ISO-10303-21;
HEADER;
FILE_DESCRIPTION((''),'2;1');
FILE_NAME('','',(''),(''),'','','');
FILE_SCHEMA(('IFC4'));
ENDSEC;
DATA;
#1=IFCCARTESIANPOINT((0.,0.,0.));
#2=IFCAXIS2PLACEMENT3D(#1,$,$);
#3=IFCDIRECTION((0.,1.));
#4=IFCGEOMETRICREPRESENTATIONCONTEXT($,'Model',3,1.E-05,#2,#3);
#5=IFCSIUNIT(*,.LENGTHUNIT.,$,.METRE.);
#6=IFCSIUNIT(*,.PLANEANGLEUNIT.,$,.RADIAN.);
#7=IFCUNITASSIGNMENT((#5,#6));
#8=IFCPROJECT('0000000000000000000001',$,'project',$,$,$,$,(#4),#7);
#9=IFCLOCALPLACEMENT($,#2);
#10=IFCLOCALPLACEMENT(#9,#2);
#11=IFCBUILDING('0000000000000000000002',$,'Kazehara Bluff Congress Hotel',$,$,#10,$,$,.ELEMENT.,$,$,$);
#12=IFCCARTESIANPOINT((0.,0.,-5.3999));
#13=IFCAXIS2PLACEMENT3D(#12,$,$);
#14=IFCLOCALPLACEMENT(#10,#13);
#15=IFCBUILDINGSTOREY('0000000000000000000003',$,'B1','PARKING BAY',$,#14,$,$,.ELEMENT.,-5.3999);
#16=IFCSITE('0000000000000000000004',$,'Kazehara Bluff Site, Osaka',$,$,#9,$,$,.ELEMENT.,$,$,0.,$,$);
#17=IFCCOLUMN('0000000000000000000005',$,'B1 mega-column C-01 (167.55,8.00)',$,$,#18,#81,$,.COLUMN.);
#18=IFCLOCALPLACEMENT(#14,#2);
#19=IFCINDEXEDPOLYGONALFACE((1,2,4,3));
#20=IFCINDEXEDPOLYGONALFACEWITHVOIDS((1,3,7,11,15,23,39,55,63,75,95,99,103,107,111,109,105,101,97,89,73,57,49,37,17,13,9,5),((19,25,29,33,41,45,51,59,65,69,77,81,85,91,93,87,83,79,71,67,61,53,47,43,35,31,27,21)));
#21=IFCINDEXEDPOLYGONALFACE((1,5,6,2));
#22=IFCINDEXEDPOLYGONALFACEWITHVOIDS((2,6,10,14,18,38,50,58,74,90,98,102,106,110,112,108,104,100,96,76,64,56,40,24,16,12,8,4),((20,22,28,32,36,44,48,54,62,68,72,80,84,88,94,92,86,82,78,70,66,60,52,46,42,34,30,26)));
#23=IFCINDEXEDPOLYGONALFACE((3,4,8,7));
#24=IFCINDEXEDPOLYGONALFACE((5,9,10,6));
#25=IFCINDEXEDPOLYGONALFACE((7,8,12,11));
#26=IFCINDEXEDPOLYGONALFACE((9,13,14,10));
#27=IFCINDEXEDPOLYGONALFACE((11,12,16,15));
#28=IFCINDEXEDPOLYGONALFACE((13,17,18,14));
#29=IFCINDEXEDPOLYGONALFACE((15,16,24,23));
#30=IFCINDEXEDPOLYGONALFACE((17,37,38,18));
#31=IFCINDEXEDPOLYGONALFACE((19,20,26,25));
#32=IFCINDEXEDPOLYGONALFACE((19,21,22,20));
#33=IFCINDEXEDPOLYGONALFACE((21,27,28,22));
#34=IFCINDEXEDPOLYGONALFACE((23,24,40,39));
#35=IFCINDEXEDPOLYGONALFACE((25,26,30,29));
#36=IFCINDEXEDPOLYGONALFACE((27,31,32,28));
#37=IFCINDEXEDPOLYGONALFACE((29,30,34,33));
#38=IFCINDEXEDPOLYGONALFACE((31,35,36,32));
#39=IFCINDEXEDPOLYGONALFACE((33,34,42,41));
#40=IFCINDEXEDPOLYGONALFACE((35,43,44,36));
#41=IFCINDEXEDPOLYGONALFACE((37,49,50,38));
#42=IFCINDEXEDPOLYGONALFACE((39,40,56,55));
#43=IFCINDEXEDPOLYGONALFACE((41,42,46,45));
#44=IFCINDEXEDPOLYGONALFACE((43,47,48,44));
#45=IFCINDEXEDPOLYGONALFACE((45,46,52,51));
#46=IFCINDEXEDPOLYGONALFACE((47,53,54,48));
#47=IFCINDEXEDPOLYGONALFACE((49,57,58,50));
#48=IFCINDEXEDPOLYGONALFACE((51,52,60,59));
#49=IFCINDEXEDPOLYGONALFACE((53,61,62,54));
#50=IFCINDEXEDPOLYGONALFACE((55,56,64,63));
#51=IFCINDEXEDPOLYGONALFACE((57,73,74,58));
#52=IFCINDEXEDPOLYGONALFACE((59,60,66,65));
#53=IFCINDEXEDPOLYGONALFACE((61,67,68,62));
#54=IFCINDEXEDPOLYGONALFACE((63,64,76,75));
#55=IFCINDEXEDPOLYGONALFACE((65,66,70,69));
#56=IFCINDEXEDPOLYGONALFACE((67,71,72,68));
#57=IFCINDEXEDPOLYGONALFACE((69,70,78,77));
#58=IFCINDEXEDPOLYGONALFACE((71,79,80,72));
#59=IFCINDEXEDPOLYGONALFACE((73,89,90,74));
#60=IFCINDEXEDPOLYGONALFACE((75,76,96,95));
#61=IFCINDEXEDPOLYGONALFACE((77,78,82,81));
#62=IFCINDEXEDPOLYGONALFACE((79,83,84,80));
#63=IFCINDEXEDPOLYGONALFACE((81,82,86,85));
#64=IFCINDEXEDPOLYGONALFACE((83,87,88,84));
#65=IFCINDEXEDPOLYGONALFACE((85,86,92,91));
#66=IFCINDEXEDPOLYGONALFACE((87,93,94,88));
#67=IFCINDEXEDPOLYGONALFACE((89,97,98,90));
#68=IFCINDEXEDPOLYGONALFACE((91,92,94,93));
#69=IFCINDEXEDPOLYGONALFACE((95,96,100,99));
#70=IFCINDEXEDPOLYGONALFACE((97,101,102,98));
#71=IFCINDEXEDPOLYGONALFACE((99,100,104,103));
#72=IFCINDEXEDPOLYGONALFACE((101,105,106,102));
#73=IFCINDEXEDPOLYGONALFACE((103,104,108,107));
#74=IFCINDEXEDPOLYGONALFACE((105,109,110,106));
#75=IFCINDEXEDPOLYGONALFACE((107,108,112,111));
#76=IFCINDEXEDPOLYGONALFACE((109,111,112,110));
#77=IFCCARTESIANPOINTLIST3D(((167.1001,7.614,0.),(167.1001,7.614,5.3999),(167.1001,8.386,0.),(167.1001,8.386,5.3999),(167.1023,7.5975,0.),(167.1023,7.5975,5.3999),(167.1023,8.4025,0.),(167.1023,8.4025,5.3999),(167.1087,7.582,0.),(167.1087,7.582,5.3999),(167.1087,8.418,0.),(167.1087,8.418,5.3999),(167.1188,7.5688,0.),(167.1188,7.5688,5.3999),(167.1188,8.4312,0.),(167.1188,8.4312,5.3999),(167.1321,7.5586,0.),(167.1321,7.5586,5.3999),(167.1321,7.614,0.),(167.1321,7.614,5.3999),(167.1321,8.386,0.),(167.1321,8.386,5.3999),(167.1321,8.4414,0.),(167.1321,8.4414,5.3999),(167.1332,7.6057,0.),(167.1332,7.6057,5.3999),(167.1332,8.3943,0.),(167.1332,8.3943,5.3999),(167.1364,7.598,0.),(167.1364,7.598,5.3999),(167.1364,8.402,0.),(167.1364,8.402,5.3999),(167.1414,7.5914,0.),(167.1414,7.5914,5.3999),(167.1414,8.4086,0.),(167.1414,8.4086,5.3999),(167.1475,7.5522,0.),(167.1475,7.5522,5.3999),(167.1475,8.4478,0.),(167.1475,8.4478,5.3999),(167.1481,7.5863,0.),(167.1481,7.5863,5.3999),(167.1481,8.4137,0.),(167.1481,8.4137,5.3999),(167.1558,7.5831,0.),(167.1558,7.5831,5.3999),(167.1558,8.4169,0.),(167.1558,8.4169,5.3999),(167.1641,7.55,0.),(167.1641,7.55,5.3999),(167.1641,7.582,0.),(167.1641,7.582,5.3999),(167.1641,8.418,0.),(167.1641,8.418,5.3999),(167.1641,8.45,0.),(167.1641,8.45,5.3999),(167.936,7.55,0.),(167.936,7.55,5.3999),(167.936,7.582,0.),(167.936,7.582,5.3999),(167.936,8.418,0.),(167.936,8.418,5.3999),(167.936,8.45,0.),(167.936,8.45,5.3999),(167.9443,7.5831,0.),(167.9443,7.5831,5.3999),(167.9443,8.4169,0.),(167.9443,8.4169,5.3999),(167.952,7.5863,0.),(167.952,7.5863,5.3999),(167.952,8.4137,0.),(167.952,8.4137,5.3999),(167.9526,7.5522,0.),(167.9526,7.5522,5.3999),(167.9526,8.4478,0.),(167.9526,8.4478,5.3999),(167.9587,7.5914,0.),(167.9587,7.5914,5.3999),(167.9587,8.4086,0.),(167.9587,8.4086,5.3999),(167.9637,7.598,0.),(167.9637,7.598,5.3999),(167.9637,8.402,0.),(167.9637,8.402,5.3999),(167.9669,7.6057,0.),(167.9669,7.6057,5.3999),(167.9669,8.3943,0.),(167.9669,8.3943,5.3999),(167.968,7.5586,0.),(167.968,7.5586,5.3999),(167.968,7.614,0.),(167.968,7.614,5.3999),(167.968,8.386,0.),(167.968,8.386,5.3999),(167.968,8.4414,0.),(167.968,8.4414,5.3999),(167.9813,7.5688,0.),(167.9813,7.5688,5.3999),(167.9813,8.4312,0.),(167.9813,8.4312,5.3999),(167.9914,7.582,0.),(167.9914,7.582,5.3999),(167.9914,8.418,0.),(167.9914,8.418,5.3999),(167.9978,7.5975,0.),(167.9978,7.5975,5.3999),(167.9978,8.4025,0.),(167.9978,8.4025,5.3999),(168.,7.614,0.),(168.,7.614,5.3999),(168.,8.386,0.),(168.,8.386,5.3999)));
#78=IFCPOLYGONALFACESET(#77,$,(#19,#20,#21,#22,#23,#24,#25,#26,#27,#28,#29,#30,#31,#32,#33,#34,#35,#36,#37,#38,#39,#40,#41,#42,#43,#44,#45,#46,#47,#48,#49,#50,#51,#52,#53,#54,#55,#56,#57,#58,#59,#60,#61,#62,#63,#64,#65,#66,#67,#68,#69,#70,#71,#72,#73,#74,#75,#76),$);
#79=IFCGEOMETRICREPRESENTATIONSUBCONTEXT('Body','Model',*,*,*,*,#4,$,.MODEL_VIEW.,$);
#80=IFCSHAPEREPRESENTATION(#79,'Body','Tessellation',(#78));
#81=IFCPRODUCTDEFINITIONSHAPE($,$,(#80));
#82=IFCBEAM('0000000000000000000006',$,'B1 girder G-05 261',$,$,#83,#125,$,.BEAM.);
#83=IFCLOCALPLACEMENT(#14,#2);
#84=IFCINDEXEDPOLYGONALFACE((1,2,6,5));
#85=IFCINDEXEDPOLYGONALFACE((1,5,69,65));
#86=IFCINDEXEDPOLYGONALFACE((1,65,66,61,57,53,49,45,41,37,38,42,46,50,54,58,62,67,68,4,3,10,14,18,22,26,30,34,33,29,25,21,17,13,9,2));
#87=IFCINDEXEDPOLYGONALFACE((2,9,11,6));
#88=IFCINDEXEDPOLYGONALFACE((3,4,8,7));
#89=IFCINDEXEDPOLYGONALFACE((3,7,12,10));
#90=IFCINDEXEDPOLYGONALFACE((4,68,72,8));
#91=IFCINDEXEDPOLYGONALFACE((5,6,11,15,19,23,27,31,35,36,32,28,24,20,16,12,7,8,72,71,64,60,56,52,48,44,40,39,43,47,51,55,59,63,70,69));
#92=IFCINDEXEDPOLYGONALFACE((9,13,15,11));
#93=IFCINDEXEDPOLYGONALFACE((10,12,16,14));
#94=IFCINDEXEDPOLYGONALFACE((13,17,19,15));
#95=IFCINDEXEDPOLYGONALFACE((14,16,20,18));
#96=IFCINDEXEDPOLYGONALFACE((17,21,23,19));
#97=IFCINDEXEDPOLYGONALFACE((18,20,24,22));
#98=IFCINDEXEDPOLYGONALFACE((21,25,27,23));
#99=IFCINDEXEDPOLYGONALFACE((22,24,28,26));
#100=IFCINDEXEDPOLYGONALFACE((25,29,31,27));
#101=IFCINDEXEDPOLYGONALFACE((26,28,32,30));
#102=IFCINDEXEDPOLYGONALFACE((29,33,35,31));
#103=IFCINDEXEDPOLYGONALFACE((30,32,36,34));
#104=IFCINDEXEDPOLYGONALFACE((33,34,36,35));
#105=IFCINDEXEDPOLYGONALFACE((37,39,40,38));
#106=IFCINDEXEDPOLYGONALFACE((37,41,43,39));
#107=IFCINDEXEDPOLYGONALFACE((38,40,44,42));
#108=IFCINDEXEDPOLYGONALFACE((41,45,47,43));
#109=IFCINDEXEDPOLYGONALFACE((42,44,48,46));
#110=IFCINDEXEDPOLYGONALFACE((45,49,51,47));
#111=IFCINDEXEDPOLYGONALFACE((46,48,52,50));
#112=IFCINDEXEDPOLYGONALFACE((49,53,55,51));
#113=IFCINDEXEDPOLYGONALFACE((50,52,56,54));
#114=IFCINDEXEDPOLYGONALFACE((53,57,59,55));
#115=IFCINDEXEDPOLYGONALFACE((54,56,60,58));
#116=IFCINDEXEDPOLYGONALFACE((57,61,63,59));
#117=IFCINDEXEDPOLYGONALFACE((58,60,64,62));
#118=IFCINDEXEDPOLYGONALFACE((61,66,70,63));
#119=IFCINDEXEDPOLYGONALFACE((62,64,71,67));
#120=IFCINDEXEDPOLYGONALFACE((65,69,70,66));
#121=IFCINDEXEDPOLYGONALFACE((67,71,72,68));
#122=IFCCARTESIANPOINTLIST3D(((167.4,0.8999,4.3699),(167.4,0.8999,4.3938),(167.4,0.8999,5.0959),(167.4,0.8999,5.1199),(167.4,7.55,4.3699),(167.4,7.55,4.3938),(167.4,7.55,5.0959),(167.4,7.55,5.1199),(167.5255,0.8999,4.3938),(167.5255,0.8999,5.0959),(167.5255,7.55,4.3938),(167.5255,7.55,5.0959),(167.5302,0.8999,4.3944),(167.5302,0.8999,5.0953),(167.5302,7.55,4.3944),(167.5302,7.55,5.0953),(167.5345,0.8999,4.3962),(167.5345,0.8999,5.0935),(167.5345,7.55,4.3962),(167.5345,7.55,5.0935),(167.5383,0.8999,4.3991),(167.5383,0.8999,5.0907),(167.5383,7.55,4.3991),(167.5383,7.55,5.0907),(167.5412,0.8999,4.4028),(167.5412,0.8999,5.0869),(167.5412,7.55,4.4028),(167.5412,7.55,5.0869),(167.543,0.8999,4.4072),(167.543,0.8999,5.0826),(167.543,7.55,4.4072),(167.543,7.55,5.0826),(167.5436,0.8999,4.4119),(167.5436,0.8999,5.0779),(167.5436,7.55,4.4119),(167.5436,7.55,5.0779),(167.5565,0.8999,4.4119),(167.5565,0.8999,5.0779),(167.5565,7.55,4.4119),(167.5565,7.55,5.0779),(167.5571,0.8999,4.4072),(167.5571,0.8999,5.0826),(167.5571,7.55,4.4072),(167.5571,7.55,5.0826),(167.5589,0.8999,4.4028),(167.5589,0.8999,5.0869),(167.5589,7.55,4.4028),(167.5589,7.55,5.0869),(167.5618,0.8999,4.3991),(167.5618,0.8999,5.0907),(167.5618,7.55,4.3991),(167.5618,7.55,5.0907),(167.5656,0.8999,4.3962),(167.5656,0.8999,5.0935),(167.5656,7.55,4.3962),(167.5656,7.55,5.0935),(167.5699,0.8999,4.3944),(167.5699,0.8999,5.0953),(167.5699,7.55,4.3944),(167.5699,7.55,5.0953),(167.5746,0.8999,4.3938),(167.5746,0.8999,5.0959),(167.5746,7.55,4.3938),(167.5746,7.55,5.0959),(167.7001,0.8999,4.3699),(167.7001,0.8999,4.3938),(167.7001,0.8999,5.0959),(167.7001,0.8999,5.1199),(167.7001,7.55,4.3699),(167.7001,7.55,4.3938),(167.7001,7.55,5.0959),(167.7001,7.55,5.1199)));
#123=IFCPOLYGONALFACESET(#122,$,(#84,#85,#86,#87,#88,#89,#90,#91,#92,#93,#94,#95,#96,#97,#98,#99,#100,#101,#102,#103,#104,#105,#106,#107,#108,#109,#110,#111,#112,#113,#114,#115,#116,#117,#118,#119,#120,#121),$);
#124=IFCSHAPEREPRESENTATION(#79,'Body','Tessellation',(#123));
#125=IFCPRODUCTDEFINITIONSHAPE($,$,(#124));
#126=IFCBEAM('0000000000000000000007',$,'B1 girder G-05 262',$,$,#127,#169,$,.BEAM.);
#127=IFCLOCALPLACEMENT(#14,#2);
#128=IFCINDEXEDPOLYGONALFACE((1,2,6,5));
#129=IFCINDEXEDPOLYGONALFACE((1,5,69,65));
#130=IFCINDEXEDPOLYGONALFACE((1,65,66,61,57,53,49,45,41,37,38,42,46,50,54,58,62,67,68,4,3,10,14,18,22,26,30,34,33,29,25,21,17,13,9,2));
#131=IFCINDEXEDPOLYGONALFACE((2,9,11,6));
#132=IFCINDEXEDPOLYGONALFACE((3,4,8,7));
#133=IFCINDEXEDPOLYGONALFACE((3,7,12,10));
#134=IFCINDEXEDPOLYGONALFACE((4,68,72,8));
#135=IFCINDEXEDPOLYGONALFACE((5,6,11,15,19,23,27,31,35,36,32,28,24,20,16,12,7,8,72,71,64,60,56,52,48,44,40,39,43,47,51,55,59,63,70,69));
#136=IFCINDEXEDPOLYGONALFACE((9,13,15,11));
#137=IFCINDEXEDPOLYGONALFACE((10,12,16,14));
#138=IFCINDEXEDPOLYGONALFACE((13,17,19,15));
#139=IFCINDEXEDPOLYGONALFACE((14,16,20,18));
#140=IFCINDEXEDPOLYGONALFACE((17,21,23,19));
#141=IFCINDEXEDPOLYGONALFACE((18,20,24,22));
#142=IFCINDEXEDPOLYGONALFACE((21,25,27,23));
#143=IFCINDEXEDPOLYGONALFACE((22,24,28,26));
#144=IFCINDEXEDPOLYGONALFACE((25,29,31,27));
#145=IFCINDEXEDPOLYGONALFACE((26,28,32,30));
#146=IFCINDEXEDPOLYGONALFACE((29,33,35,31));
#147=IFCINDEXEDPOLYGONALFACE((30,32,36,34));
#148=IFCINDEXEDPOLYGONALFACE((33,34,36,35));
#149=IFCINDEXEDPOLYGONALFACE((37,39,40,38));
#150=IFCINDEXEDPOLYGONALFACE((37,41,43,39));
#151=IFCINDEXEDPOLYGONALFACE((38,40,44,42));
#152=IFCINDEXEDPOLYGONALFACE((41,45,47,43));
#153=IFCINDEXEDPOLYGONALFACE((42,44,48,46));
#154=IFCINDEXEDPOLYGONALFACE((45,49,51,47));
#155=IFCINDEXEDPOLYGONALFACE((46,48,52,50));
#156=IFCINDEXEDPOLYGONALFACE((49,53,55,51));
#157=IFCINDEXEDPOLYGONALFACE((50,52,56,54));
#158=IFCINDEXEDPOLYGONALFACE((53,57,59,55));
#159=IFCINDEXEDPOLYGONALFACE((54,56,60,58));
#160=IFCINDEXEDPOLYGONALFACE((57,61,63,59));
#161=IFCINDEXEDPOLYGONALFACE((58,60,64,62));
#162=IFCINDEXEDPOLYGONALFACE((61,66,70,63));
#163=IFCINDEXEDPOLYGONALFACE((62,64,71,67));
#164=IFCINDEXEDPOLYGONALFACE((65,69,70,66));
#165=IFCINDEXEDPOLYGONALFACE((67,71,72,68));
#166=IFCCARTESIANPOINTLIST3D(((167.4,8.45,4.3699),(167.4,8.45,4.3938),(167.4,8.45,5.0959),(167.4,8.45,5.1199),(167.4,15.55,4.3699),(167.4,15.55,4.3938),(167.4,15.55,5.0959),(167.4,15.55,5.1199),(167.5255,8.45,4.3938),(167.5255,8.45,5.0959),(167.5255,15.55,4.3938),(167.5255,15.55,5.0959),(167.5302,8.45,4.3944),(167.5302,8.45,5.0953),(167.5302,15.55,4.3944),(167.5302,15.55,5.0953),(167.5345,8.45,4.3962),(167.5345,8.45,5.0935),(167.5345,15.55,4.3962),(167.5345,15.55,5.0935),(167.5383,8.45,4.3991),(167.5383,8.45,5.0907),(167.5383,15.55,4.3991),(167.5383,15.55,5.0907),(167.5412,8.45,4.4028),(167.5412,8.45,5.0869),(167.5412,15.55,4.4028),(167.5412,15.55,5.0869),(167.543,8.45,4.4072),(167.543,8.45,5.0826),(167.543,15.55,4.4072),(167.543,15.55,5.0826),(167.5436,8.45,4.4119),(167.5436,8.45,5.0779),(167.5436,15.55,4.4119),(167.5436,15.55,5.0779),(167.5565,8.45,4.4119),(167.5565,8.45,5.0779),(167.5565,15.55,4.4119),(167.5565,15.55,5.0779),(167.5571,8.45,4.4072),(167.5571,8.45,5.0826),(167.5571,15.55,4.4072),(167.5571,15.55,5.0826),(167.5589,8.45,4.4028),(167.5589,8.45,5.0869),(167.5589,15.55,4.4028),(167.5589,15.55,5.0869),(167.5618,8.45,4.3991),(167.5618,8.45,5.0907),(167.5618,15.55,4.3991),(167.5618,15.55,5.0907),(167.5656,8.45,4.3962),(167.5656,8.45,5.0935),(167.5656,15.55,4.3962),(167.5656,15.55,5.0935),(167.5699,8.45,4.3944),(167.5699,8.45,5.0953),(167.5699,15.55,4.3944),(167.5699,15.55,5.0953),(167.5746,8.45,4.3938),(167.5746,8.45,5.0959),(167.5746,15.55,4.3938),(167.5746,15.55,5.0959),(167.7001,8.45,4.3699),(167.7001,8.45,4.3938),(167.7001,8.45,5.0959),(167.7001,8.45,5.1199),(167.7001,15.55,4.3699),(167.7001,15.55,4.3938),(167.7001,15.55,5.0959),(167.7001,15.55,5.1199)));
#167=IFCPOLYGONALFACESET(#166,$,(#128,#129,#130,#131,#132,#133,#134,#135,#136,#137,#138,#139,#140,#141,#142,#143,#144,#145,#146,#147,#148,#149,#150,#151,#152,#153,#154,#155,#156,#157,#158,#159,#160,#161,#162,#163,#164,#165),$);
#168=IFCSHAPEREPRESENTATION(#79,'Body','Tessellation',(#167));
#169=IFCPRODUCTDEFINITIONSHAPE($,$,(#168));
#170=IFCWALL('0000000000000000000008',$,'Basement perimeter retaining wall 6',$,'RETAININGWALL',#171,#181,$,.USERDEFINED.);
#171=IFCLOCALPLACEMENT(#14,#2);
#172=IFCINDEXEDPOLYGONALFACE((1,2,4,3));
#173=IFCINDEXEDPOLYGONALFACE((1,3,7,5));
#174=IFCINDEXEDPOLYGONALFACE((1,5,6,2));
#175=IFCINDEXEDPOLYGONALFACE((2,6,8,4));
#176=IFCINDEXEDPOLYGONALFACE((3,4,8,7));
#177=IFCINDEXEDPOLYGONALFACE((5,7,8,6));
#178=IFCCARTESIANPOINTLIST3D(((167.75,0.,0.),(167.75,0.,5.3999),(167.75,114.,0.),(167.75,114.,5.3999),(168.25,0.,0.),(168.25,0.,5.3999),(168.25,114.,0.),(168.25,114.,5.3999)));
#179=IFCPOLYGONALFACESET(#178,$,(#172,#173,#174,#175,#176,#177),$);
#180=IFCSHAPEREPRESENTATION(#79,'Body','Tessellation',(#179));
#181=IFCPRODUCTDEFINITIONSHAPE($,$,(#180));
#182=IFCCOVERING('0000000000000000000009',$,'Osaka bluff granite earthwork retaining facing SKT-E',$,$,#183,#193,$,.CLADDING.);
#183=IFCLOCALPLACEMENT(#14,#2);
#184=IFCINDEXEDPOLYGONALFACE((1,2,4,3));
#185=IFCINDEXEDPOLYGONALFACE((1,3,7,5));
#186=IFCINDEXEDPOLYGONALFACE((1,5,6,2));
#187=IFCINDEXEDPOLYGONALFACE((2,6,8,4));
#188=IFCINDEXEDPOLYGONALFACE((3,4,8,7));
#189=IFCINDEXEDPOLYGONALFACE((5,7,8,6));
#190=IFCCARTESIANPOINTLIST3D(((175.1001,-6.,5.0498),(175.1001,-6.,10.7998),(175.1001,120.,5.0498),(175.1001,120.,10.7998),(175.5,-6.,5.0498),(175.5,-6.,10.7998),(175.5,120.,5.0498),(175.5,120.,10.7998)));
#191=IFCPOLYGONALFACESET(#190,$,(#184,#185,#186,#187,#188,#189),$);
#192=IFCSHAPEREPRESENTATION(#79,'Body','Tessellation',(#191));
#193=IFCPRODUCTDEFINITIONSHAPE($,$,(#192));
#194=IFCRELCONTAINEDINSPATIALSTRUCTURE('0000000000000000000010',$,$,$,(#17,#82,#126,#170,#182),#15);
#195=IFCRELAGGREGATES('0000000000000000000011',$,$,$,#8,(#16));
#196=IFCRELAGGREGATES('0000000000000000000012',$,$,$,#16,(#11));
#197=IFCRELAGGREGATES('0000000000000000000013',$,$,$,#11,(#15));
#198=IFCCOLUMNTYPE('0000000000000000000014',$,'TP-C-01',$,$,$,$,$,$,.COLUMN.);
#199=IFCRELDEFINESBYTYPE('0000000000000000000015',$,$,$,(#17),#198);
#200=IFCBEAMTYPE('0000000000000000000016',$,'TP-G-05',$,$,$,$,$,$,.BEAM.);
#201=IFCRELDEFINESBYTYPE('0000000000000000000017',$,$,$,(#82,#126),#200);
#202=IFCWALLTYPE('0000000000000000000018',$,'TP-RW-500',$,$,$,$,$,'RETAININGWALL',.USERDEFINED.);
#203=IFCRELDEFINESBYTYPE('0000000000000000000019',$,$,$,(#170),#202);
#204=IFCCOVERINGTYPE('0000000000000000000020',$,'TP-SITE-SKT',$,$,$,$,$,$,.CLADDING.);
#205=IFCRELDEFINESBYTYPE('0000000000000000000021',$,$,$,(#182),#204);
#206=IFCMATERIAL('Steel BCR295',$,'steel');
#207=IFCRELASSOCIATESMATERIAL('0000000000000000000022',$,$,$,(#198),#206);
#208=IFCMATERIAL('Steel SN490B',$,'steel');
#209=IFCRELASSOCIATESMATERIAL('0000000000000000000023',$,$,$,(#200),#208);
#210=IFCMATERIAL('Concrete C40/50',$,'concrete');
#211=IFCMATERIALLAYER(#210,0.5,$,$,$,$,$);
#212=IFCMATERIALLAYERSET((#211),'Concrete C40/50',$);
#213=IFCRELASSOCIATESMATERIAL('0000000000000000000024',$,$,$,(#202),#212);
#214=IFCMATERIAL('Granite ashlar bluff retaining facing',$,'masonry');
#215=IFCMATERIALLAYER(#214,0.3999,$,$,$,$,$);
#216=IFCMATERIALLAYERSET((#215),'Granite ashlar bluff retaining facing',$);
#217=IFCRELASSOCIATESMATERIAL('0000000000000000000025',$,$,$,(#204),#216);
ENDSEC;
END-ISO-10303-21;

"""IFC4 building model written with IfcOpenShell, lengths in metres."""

from ifc_helpers import new_model, si_unit, direction, frame, frame_2d, origin, origin_2d, place, context, subcontext, project, spatial, rectangle, hollow_rectangle, i_section, extrude, material, layer, layer_set, material_profile, profile_set, type_object, element, save


model = new_model("IFC4")

# Units and contexts
model_context = context("Model", 3, precision=1e-05, world=origin(), true_north=direction((0.0, 1.0)))
body_context = subcontext(model_context, "Body", "Model", "MODEL_VIEW")
ifc_project = project(units=[si_unit("LENGTHUNIT", "METRE"), si_unit("PLANEANGLEUNIT", "RADIAN")], contexts=[model_context])

# Site, building, storey
site_placement = place(None, origin())
site = spatial("IfcSite", under=ifc_project, at=site_placement, Name="Kazehara Bluff Site, Osaka", CompositionType="ELEMENT", RefElevation=0.0)
building_placement = place(site_placement, origin())
building = spatial("IfcBuilding", under=site, at=building_placement, Name="Kazehara Bluff Congress Hotel", CompositionType="ELEMENT")
storey_placement = place(building_placement, frame((0.0, 0.0, -5.3999)))
storey = spatial("IfcBuildingStorey", under=building, at=storey_placement, Name="B1", Description="PARKING BAY", CompositionType="ELEMENT", Elevation=-5.3999)

# Column
ifc_material_1 = material(Name="Steel BCR295", Category="steel")
ifc_material_profile_1 = material_profile(ifc_material_1, hollow_rectangle(XDim=0.8999, YDim=0.8999, WallThickness=0.032, InnerFilletRadius=0.032, OuterFilletRadius=0.064, at=origin_2d()))
ifc_profile_set_1 = profile_set([ifc_material_profile_1], Name="Steel BCR295")
column_type = type_object("IfcColumnType", Name="TP-C-01", PredefinedType="COLUMN", material=ifc_profile_set_1)
for number, where, z_axis, x_axis, name in (
    (1, (167.55, 8.0, 0.0), (0.0, 0.0, 1.0), (1.0, 0.0, 0.0), "B1 mega-column C-01 (167.55,8.00)"),
):
    element("IfcColumn", number, at=place(storey_placement, frame(where, z_axis=z_axis, x_axis=x_axis)), inside=storey, type_object=column_type, Name=name, PredefinedType="COLUMN", context=body_context, shape_type="SweptSolid", body=[
        extrude(hollow_rectangle(XDim=0.8999, YDim=0.8999, WallThickness=0.032, InnerFilletRadius=0.032, OuterFilletRadius=0.064, at=origin_2d()), origin(), (0.0, 0.0, 1.0), 5.3999),
    ])

# Beams
ifc_material_2 = material(Name="Steel SN490B", Category="steel")
ifc_material_profile_2 = material_profile(ifc_material_2, i_section(OverallWidth=0.3, OverallDepth=0.75, WebThickness=0.0129, FlangeThickness=0.0239, FilletRadius=0.0181, at=origin_2d()))
ifc_profile_set_2 = profile_set([ifc_material_profile_2], Name="Steel SN490B")
beam_type = type_object("IfcBeamType", Name="TP-G-05", PredefinedType="BEAM", material=ifc_profile_set_2)
beam_1_placement = place(storey_placement, frame((167.55, 0.8999, 4.7449), z_axis=(0.0, 1.0, 0.0), x_axis=(-1.0, 0.0, 0.0)))
element("IfcBeam", 2, at=beam_1_placement, inside=storey, type_object=beam_type, Name="B1 girder G-05 261", PredefinedType="BEAM", context=body_context, shape_type="SweptSolid", body=[
    extrude(i_section(OverallWidth=0.3, OverallDepth=0.75, WebThickness=0.0129, FlangeThickness=0.0239, FilletRadius=0.0181, at=origin_2d()), origin(), (0.0, 0.0, 1.0), 6.6501),
])
beam_2_placement = place(storey_placement, frame((167.55, 8.45, 4.7449), z_axis=(0.0, 1.0, 0.0), x_axis=(-1.0, 0.0, 0.0)))
element("IfcBeam", 3, at=beam_2_placement, inside=storey, type_object=beam_type, Name="B1 girder G-05 262", PredefinedType="BEAM", context=body_context, shape_type="SweptSolid", body=[
    extrude(i_section(OverallWidth=0.3, OverallDepth=0.75, WebThickness=0.0129, FlangeThickness=0.0239, FilletRadius=0.0181, at=origin_2d()), origin(), (0.0, 0.0, 1.0), 7.1001),
])

# Wall
ifc_material_3 = material(Name="Concrete C40/50", Category="concrete")
ifc_layer_1 = layer(ifc_material_3, 0.5)
ifc_layer_set_1 = layer_set([ifc_layer_1], Name="Concrete C40/50")
wall_type = type_object("IfcWallType", Name="TP-RW-500", ElementType="RETAININGWALL", PredefinedType="USERDEFINED", material=ifc_layer_set_1)
wall_placement = place(storey_placement, frame((168.0, 0.0, 0.0), z_axis=(0.0, 0.0, 1.0), x_axis=(0.0, 1.0, 0.0)))
element("IfcWall", 4, at=wall_placement, inside=storey, type_object=wall_type, Name="Basement perimeter retaining wall 6", ObjectType="RETAININGWALL", PredefinedType="USERDEFINED", context=body_context, shape_type="SweptSolid", body=[
    extrude(rectangle(XDim=114.0, YDim=0.5, at=frame_2d((57.0, 0.0))), origin(), (0.0, 0.0, 1.0), 5.3999),
])

# Covering
ifc_material_4 = material(Name="Granite ashlar bluff retaining facing", Category="masonry")
ifc_layer_2 = layer(ifc_material_4, 0.3999)
ifc_layer_set_2 = layer_set([ifc_layer_2], Name="Granite ashlar bluff retaining facing")
covering_type = type_object("IfcCoveringType", Name="TP-SITE-SKT", PredefinedType="CLADDING", material=ifc_layer_set_2)
covering_1_placement = place(storey_placement, frame((175.3, -6.0, 5.0498), z_axis=(0.0, 0.0, 1.0), x_axis=(0.0, 1.0, 0.0)))
element("IfcCovering", 5, at=covering_1_placement, inside=storey, type_object=covering_type, Name="Osaka bluff granite earthwork retaining facing SKT-E", PredefinedType="CLADDING", context=body_context, shape_type="SweptSolid", body=[
    extrude(rectangle(XDim=126.0, YDim=0.3999, at=frame_2d((63.0, 0.0))), origin(), (0.0, 0.0, 1.0), 5.75),
])

save(model, "model.ifc")
